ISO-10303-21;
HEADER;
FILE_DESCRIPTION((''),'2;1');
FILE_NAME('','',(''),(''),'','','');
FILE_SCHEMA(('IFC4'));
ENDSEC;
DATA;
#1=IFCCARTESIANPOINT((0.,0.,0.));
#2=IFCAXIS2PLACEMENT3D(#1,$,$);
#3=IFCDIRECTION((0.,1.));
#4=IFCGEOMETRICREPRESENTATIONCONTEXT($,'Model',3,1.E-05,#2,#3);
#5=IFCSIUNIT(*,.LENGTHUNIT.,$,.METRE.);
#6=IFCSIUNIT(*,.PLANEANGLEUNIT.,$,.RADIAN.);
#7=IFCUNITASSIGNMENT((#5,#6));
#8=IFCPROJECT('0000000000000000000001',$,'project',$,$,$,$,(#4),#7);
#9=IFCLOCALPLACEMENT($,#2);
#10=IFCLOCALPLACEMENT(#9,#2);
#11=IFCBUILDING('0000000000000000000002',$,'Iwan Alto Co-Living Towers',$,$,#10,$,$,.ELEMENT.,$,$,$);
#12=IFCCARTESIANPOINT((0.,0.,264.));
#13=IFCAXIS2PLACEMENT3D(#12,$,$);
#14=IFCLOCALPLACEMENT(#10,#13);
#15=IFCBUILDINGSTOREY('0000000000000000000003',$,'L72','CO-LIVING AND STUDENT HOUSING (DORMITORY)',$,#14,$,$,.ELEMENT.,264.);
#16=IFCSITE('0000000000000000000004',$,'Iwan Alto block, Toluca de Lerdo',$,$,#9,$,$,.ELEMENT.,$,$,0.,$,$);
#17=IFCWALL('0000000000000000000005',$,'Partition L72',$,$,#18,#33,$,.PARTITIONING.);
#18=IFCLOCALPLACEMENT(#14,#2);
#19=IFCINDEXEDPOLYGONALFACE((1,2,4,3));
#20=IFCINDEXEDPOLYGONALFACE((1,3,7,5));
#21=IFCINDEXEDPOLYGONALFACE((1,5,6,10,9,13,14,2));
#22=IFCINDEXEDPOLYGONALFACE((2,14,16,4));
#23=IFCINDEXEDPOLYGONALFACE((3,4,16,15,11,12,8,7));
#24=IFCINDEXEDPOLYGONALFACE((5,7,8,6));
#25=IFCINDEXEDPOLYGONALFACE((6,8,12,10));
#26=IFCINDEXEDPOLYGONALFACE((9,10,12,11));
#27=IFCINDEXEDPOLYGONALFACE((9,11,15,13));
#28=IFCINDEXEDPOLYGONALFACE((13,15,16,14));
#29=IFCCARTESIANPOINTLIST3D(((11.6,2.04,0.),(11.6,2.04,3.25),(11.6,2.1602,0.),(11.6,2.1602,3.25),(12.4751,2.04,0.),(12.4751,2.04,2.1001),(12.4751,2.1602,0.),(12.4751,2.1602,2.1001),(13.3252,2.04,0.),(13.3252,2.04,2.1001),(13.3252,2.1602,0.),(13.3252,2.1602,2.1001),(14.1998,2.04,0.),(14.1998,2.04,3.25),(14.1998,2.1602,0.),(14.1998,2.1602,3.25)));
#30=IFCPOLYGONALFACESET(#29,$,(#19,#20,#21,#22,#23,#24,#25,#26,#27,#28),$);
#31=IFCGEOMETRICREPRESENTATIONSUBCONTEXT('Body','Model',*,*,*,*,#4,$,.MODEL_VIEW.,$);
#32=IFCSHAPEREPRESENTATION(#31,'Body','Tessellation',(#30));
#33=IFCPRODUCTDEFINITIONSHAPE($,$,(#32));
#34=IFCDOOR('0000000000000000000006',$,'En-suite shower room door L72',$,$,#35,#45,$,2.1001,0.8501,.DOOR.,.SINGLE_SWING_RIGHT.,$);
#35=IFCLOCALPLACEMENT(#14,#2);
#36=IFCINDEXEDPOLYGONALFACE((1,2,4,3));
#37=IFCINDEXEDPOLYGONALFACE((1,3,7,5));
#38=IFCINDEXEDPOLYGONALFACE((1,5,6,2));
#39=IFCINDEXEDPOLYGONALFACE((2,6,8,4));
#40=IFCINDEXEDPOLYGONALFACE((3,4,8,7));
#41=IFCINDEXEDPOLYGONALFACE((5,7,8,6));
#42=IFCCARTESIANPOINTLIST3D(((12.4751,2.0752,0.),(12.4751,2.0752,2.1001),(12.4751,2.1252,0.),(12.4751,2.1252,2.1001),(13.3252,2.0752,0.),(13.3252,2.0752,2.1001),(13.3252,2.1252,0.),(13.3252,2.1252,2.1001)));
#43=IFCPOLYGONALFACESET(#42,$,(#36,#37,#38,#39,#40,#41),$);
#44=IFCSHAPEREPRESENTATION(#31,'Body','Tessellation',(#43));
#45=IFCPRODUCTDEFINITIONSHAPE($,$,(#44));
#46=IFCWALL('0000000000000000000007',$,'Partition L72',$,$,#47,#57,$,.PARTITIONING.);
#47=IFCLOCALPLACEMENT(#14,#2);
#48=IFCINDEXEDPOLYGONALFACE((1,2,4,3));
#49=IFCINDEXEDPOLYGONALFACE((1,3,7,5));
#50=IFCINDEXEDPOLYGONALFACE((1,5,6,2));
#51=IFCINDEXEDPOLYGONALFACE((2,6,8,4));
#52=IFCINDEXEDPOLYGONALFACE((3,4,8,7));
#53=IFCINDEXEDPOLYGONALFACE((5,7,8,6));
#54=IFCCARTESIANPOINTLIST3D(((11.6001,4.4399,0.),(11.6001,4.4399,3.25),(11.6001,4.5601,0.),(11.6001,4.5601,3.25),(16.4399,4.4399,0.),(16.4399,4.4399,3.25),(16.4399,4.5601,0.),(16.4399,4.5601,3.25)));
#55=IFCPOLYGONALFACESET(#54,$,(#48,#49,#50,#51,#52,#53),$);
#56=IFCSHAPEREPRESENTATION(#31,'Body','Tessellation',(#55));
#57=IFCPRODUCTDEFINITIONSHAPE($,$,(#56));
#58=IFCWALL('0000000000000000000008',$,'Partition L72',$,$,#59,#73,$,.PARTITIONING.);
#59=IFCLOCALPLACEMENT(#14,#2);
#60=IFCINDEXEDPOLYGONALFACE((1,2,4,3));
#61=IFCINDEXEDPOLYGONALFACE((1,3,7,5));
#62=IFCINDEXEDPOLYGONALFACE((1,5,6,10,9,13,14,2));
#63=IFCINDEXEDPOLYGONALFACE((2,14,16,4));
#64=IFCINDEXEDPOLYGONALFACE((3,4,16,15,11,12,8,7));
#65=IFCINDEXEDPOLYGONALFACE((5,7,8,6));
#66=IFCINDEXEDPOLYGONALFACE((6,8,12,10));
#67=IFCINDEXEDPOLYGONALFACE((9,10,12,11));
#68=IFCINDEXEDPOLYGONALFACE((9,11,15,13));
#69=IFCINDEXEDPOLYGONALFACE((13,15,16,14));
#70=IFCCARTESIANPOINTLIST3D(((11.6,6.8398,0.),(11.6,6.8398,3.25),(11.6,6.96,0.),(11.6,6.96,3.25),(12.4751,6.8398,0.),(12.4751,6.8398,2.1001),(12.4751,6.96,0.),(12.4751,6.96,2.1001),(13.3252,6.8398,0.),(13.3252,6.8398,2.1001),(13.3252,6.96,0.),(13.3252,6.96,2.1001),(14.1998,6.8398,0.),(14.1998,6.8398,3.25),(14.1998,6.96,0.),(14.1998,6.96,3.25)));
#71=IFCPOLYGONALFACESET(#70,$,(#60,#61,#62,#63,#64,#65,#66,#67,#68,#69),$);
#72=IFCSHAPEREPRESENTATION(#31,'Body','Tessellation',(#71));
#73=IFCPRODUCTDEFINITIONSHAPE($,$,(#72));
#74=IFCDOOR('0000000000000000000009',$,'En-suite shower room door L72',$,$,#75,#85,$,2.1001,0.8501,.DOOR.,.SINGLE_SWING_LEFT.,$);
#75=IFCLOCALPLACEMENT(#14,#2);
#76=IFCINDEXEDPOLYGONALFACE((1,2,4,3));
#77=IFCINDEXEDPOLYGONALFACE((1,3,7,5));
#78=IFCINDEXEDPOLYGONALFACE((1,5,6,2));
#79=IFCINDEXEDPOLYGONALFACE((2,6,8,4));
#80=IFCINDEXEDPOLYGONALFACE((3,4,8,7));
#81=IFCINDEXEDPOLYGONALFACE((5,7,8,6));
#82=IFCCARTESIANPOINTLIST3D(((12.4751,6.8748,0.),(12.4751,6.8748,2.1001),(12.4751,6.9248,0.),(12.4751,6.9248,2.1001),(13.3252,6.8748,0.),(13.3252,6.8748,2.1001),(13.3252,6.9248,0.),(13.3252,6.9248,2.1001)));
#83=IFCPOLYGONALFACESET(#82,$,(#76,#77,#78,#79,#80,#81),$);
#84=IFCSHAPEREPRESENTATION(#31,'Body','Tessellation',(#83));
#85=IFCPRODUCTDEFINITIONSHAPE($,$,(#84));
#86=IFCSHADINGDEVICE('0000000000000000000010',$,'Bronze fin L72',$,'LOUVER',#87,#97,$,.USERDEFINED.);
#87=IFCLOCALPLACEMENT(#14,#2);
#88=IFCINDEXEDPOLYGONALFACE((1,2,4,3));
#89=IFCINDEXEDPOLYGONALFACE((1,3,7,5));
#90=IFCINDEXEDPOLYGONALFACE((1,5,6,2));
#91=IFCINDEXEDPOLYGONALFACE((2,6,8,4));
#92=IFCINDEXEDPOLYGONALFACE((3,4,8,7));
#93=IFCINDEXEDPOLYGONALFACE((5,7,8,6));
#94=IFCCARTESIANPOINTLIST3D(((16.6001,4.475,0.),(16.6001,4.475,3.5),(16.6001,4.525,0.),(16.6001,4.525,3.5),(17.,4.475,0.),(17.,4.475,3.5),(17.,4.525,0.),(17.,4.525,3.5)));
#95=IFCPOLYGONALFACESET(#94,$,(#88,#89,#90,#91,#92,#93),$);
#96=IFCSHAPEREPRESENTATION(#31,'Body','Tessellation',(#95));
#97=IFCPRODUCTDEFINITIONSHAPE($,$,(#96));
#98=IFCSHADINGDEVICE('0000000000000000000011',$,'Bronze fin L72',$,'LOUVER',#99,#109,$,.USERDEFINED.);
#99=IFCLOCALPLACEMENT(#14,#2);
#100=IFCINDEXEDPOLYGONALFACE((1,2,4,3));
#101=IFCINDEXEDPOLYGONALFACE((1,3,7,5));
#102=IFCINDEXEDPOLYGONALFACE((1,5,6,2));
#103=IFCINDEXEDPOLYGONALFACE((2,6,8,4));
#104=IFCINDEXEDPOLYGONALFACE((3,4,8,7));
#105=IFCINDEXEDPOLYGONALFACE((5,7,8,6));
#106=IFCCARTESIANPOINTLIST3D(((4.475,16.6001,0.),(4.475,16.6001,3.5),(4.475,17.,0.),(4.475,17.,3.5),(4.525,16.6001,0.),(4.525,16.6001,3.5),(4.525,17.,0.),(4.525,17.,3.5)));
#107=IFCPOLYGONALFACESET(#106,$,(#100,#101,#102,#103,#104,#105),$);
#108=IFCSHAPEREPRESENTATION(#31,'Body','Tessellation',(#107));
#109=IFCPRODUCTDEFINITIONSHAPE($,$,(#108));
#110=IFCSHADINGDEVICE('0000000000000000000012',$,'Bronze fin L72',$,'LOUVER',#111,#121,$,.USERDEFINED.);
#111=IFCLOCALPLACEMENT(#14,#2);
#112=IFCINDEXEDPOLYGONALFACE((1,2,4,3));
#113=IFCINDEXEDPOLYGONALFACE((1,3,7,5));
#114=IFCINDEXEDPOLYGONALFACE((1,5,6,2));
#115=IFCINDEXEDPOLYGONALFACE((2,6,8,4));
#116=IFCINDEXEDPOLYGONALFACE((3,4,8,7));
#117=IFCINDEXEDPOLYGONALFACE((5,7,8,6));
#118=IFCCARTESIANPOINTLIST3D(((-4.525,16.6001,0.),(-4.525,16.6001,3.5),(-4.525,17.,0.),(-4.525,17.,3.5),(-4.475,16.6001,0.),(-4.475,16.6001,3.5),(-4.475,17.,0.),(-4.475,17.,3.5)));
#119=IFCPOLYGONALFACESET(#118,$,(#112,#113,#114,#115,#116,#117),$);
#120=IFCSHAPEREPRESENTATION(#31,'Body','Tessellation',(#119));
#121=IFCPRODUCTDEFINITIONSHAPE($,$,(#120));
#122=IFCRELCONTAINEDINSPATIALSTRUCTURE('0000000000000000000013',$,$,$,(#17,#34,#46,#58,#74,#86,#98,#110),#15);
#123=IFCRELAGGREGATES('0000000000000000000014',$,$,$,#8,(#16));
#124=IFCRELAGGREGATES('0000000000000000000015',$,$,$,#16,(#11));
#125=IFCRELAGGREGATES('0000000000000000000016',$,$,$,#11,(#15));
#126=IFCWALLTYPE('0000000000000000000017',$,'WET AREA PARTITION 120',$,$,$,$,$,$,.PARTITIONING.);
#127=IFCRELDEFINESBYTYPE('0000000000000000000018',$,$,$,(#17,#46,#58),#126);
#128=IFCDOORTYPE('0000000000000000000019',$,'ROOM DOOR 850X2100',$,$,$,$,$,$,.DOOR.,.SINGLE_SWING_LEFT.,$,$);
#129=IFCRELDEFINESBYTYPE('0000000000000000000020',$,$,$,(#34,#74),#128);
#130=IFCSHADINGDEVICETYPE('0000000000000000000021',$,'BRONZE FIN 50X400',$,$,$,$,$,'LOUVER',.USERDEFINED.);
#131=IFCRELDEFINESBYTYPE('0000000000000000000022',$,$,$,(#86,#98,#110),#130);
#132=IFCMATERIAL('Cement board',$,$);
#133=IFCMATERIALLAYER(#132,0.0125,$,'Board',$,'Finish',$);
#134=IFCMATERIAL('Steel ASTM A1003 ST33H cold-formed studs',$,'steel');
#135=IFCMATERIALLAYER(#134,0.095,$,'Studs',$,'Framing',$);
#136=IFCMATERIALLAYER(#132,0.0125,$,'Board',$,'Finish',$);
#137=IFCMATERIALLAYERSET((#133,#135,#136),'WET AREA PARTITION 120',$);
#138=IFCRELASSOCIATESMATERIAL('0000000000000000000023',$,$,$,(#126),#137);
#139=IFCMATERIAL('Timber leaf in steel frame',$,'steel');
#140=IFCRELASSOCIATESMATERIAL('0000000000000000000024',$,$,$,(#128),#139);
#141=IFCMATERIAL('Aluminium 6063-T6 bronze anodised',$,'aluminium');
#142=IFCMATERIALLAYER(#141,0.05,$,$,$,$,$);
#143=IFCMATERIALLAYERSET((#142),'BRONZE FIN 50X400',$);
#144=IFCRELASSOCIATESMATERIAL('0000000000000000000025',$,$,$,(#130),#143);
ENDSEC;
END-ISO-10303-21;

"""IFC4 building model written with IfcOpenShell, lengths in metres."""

from ifc_helpers import new_model, si_unit, direction, frame, frame_2d, origin, origin_2d, place, context, subcontext, project, spatial, rectangle, extrude, material, layer, layer_set, type_object, element, fill, save


model = new_model("IFC4")

# Units and contexts
model_context = context("Model", 3, precision=1e-05, world=origin(), true_north=direction((0.0, 1.0)))
body_context = subcontext(model_context, "Body", "Model", "MODEL_VIEW")
ifc_project = project(units=[si_unit("LENGTHUNIT", "METRE"), si_unit("PLANEANGLEUNIT", "RADIAN")], contexts=[model_context])

# Site, building, storey
site_placement = place(None, origin())
site = spatial("IfcSite", under=ifc_project, at=site_placement, Name="Iwan Alto block, Toluca de Lerdo", CompositionType="ELEMENT", RefElevation=0.0)
building_placement = place(site_placement, origin())
building = spatial("IfcBuilding", under=site, at=building_placement, Name="Iwan Alto Co-Living Towers", CompositionType="ELEMENT")
storey_placement = place(building_placement, frame((0.0, 0.0, 264.0)))
storey = spatial("IfcBuildingStorey", under=building, at=storey_placement, Name="L72", Description="CO-LIVING AND STUDENT HOUSING (DORMITORY)", CompositionType="ELEMENT", Elevation=264.0)

# Shared definitions
ifc_material_1 = material(Name="Steel ASTM A1003 ST33H cold-formed studs", Category="steel")
ifc_material_2 = material(Name="Cement board")
ifc_layer_1 = layer(ifc_material_2, 0.0125, Name="Board", Category="Finish")
ifc_layer_2 = layer(ifc_material_1, 0.095, Name="Studs", Category="Framing")
ifc_layer_3 = layer(ifc_material_2, 0.0125, Name="Board", Category="Finish")
ifc_layer_set_1 = layer_set([ifc_layer_1, ifc_layer_2, ifc_layer_3], Name="WET AREA PARTITION 120")
wall_type_1 = type_object("IfcWallType", Name="WET AREA PARTITION 120", PredefinedType="PARTITIONING", material=ifc_layer_set_1)

# Wall, opening, door
wall_1_placement = place(storey_placement, frame((11.6001, 2.1001, 0.0), z_axis=(0.0, 0.0, 1.0), x_axis=(1.0, 0.0, 0.0)))
wall_1 = element("IfcWall", 1, at=wall_1_placement, inside=storey, type_object=wall_type_1, Name="Partition L72", PredefinedType="PARTITIONING", context=body_context, shape_type="SweptSolid", body=[
    extrude(rectangle(XDim=2.5999, YDim=0.1201, at=frame_2d((1.2998, 0.0))), origin(), (0.0, 0.0, 1.0), 3.25),
])
opening_1_placement = place(wall_1_placement, frame((0.875, 0.0, 0.0)))
opening_1 = element("IfcOpeningElement", 2, at=opening_1_placement, cuts=wall_1, PredefinedType="OPENING", context=body_context, shape_type="SweptSolid", body=[
    extrude(rectangle(XDim=0.8501, YDim=2.1001, at=frame_2d((0.425, 1.05))), frame((0.0, 0.0701, 0.0), z_axis=(0.0, -1.0, 0.0), x_axis=(1.0, 0.0, 0.0)), (0.0, 0.0, 1.0), 0.1401),
])
ifc_material_3 = material(Name="Timber leaf in steel frame", Category="steel")
door_type = type_object("IfcDoorType", Name="ROOM DOOR 850X2100", OperationType="SINGLE_SWING_LEFT", PredefinedType="DOOR", material=ifc_material_3)
door_1_placement = place(opening_1_placement, frame((0.8501, 0.0, 0.0), z_axis=(0.0, 0.0, 1.0), x_axis=(-1.0, 0.0, 0.0)))
door_1 = element("IfcDoor", 3, at=door_1_placement, inside=storey, type_object=door_type, Name="En-suite shower room door L72", OperationType="SINGLE_SWING_RIGHT", OverallHeight=2.1001, OverallWidth=0.8501, PredefinedType="DOOR", context=body_context, shape_type="SweptSolid", body=[
    extrude(rectangle(XDim=0.8501, YDim=2.1001, at=frame_2d((0.425, 1.05))), frame((0.0, 0.0249, 0.0), z_axis=(0.0, -1.0, 0.0), x_axis=(1.0, 0.0, 0.0)), (0.0, 0.0, 1.0), 0.05),
])
fill(opening_1, door_1)

# Wall
wall_2_placement = place(storey_placement, frame((11.6001, 4.5, 0.0), z_axis=(0.0, 0.0, 1.0), x_axis=(1.0, 0.0, 0.0)))
element("IfcWall", 4, at=wall_2_placement, inside=storey, type_object=wall_type_1, Name="Partition L72", PredefinedType="PARTITIONING", context=body_context, shape_type="SweptSolid", body=[
    extrude(rectangle(XDim=4.8398, YDim=0.1201, at=frame_2d((2.4199, 0.0))), origin(), (0.0, 0.0, 1.0), 3.25),
])

# Wall, opening, door
wall_3_placement = place(storey_placement, frame((11.6001, 6.8999, 0.0), z_axis=(0.0, 0.0, 1.0), x_axis=(1.0, 0.0, 0.0)))
wall_3 = element("IfcWall", 5, at=wall_3_placement, inside=storey, type_object=wall_type_1, Name="Partition L72", PredefinedType="PARTITIONING", context=body_context, shape_type="SweptSolid", body=[
    extrude(rectangle(XDim=2.5999, YDim=0.1201, at=frame_2d((1.2998, 0.0))), origin(), (0.0, 0.0, 1.0), 3.25),
])
opening_2_placement = place(wall_3_placement, frame((0.875, 0.0, 0.0)))
opening_2 = element("IfcOpeningElement", 6, at=opening_2_placement, cuts=wall_3, PredefinedType="OPENING", context=body_context, shape_type="SweptSolid", body=[
    extrude(rectangle(XDim=0.8501, YDim=2.1001, at=frame_2d((0.425, 1.05))), frame((0.0, 0.0701, 0.0), z_axis=(0.0, -1.0, 0.0), x_axis=(1.0, 0.0, 0.0)), (0.0, 0.0, 1.0), 0.1401),
])
door_2_placement = place(opening_2_placement, origin())
door_2 = element("IfcDoor", 7, at=door_2_placement, inside=storey, type_object=door_type, Name="En-suite shower room door L72", OperationType="SINGLE_SWING_LEFT", OverallHeight=2.1001, OverallWidth=0.8501, PredefinedType="DOOR", context=body_context, shape_type="SweptSolid", body=[
    extrude(rectangle(XDim=0.8501, YDim=2.1001, at=frame_2d((0.425, 1.05))), frame((0.0, 0.0249, 0.0), z_axis=(0.0, -1.0, 0.0), x_axis=(1.0, 0.0, 0.0)), (0.0, 0.0, 1.0), 0.05),
])
fill(opening_2, door_2)

# Shading devices
ifc_material_4 = material(Name="Aluminium 6063-T6 bronze anodised", Category="aluminium")
ifc_layer_4 = layer(ifc_material_4, 0.05)
ifc_layer_set_2 = layer_set([ifc_layer_4], Name="BRONZE FIN 50X400")
shading_device_type = type_object("IfcShadingDeviceType", Name="BRONZE FIN 50X400", ElementType="LOUVER", PredefinedType="USERDEFINED", material=ifc_layer_set_2)
for number, where, z_axis, x_axis, name in (
    (8, (16.8, 4.5, 0.0), (0.0, 0.0, 1.0), (0.0, 1.0, 0.0), "Bronze fin L72"),
    (9, (4.5, 16.8, 0.0), (0.0, 0.0, 1.0), (-1.0, 0.0, 0.0), "Bronze fin L72"),
    (10, (-4.5, 16.8, 0.0), (0.0, 0.0, 1.0), (-1.0, 0.0, 0.0), "Bronze fin L72"),
):
    element("IfcShadingDevice", number, at=place(storey_placement, frame(where, z_axis=z_axis, x_axis=x_axis)), inside=storey, type_object=shading_device_type, Name=name, ObjectType="LOUVER", PredefinedType="USERDEFINED", context=body_context, shape_type="SweptSolid", body=[
        extrude(rectangle(XDim=0.05, YDim=0.3999, at=origin_2d()), origin(), (0.0, 0.0, 1.0), 3.5),
    ])

save(model, "model.ifc")
